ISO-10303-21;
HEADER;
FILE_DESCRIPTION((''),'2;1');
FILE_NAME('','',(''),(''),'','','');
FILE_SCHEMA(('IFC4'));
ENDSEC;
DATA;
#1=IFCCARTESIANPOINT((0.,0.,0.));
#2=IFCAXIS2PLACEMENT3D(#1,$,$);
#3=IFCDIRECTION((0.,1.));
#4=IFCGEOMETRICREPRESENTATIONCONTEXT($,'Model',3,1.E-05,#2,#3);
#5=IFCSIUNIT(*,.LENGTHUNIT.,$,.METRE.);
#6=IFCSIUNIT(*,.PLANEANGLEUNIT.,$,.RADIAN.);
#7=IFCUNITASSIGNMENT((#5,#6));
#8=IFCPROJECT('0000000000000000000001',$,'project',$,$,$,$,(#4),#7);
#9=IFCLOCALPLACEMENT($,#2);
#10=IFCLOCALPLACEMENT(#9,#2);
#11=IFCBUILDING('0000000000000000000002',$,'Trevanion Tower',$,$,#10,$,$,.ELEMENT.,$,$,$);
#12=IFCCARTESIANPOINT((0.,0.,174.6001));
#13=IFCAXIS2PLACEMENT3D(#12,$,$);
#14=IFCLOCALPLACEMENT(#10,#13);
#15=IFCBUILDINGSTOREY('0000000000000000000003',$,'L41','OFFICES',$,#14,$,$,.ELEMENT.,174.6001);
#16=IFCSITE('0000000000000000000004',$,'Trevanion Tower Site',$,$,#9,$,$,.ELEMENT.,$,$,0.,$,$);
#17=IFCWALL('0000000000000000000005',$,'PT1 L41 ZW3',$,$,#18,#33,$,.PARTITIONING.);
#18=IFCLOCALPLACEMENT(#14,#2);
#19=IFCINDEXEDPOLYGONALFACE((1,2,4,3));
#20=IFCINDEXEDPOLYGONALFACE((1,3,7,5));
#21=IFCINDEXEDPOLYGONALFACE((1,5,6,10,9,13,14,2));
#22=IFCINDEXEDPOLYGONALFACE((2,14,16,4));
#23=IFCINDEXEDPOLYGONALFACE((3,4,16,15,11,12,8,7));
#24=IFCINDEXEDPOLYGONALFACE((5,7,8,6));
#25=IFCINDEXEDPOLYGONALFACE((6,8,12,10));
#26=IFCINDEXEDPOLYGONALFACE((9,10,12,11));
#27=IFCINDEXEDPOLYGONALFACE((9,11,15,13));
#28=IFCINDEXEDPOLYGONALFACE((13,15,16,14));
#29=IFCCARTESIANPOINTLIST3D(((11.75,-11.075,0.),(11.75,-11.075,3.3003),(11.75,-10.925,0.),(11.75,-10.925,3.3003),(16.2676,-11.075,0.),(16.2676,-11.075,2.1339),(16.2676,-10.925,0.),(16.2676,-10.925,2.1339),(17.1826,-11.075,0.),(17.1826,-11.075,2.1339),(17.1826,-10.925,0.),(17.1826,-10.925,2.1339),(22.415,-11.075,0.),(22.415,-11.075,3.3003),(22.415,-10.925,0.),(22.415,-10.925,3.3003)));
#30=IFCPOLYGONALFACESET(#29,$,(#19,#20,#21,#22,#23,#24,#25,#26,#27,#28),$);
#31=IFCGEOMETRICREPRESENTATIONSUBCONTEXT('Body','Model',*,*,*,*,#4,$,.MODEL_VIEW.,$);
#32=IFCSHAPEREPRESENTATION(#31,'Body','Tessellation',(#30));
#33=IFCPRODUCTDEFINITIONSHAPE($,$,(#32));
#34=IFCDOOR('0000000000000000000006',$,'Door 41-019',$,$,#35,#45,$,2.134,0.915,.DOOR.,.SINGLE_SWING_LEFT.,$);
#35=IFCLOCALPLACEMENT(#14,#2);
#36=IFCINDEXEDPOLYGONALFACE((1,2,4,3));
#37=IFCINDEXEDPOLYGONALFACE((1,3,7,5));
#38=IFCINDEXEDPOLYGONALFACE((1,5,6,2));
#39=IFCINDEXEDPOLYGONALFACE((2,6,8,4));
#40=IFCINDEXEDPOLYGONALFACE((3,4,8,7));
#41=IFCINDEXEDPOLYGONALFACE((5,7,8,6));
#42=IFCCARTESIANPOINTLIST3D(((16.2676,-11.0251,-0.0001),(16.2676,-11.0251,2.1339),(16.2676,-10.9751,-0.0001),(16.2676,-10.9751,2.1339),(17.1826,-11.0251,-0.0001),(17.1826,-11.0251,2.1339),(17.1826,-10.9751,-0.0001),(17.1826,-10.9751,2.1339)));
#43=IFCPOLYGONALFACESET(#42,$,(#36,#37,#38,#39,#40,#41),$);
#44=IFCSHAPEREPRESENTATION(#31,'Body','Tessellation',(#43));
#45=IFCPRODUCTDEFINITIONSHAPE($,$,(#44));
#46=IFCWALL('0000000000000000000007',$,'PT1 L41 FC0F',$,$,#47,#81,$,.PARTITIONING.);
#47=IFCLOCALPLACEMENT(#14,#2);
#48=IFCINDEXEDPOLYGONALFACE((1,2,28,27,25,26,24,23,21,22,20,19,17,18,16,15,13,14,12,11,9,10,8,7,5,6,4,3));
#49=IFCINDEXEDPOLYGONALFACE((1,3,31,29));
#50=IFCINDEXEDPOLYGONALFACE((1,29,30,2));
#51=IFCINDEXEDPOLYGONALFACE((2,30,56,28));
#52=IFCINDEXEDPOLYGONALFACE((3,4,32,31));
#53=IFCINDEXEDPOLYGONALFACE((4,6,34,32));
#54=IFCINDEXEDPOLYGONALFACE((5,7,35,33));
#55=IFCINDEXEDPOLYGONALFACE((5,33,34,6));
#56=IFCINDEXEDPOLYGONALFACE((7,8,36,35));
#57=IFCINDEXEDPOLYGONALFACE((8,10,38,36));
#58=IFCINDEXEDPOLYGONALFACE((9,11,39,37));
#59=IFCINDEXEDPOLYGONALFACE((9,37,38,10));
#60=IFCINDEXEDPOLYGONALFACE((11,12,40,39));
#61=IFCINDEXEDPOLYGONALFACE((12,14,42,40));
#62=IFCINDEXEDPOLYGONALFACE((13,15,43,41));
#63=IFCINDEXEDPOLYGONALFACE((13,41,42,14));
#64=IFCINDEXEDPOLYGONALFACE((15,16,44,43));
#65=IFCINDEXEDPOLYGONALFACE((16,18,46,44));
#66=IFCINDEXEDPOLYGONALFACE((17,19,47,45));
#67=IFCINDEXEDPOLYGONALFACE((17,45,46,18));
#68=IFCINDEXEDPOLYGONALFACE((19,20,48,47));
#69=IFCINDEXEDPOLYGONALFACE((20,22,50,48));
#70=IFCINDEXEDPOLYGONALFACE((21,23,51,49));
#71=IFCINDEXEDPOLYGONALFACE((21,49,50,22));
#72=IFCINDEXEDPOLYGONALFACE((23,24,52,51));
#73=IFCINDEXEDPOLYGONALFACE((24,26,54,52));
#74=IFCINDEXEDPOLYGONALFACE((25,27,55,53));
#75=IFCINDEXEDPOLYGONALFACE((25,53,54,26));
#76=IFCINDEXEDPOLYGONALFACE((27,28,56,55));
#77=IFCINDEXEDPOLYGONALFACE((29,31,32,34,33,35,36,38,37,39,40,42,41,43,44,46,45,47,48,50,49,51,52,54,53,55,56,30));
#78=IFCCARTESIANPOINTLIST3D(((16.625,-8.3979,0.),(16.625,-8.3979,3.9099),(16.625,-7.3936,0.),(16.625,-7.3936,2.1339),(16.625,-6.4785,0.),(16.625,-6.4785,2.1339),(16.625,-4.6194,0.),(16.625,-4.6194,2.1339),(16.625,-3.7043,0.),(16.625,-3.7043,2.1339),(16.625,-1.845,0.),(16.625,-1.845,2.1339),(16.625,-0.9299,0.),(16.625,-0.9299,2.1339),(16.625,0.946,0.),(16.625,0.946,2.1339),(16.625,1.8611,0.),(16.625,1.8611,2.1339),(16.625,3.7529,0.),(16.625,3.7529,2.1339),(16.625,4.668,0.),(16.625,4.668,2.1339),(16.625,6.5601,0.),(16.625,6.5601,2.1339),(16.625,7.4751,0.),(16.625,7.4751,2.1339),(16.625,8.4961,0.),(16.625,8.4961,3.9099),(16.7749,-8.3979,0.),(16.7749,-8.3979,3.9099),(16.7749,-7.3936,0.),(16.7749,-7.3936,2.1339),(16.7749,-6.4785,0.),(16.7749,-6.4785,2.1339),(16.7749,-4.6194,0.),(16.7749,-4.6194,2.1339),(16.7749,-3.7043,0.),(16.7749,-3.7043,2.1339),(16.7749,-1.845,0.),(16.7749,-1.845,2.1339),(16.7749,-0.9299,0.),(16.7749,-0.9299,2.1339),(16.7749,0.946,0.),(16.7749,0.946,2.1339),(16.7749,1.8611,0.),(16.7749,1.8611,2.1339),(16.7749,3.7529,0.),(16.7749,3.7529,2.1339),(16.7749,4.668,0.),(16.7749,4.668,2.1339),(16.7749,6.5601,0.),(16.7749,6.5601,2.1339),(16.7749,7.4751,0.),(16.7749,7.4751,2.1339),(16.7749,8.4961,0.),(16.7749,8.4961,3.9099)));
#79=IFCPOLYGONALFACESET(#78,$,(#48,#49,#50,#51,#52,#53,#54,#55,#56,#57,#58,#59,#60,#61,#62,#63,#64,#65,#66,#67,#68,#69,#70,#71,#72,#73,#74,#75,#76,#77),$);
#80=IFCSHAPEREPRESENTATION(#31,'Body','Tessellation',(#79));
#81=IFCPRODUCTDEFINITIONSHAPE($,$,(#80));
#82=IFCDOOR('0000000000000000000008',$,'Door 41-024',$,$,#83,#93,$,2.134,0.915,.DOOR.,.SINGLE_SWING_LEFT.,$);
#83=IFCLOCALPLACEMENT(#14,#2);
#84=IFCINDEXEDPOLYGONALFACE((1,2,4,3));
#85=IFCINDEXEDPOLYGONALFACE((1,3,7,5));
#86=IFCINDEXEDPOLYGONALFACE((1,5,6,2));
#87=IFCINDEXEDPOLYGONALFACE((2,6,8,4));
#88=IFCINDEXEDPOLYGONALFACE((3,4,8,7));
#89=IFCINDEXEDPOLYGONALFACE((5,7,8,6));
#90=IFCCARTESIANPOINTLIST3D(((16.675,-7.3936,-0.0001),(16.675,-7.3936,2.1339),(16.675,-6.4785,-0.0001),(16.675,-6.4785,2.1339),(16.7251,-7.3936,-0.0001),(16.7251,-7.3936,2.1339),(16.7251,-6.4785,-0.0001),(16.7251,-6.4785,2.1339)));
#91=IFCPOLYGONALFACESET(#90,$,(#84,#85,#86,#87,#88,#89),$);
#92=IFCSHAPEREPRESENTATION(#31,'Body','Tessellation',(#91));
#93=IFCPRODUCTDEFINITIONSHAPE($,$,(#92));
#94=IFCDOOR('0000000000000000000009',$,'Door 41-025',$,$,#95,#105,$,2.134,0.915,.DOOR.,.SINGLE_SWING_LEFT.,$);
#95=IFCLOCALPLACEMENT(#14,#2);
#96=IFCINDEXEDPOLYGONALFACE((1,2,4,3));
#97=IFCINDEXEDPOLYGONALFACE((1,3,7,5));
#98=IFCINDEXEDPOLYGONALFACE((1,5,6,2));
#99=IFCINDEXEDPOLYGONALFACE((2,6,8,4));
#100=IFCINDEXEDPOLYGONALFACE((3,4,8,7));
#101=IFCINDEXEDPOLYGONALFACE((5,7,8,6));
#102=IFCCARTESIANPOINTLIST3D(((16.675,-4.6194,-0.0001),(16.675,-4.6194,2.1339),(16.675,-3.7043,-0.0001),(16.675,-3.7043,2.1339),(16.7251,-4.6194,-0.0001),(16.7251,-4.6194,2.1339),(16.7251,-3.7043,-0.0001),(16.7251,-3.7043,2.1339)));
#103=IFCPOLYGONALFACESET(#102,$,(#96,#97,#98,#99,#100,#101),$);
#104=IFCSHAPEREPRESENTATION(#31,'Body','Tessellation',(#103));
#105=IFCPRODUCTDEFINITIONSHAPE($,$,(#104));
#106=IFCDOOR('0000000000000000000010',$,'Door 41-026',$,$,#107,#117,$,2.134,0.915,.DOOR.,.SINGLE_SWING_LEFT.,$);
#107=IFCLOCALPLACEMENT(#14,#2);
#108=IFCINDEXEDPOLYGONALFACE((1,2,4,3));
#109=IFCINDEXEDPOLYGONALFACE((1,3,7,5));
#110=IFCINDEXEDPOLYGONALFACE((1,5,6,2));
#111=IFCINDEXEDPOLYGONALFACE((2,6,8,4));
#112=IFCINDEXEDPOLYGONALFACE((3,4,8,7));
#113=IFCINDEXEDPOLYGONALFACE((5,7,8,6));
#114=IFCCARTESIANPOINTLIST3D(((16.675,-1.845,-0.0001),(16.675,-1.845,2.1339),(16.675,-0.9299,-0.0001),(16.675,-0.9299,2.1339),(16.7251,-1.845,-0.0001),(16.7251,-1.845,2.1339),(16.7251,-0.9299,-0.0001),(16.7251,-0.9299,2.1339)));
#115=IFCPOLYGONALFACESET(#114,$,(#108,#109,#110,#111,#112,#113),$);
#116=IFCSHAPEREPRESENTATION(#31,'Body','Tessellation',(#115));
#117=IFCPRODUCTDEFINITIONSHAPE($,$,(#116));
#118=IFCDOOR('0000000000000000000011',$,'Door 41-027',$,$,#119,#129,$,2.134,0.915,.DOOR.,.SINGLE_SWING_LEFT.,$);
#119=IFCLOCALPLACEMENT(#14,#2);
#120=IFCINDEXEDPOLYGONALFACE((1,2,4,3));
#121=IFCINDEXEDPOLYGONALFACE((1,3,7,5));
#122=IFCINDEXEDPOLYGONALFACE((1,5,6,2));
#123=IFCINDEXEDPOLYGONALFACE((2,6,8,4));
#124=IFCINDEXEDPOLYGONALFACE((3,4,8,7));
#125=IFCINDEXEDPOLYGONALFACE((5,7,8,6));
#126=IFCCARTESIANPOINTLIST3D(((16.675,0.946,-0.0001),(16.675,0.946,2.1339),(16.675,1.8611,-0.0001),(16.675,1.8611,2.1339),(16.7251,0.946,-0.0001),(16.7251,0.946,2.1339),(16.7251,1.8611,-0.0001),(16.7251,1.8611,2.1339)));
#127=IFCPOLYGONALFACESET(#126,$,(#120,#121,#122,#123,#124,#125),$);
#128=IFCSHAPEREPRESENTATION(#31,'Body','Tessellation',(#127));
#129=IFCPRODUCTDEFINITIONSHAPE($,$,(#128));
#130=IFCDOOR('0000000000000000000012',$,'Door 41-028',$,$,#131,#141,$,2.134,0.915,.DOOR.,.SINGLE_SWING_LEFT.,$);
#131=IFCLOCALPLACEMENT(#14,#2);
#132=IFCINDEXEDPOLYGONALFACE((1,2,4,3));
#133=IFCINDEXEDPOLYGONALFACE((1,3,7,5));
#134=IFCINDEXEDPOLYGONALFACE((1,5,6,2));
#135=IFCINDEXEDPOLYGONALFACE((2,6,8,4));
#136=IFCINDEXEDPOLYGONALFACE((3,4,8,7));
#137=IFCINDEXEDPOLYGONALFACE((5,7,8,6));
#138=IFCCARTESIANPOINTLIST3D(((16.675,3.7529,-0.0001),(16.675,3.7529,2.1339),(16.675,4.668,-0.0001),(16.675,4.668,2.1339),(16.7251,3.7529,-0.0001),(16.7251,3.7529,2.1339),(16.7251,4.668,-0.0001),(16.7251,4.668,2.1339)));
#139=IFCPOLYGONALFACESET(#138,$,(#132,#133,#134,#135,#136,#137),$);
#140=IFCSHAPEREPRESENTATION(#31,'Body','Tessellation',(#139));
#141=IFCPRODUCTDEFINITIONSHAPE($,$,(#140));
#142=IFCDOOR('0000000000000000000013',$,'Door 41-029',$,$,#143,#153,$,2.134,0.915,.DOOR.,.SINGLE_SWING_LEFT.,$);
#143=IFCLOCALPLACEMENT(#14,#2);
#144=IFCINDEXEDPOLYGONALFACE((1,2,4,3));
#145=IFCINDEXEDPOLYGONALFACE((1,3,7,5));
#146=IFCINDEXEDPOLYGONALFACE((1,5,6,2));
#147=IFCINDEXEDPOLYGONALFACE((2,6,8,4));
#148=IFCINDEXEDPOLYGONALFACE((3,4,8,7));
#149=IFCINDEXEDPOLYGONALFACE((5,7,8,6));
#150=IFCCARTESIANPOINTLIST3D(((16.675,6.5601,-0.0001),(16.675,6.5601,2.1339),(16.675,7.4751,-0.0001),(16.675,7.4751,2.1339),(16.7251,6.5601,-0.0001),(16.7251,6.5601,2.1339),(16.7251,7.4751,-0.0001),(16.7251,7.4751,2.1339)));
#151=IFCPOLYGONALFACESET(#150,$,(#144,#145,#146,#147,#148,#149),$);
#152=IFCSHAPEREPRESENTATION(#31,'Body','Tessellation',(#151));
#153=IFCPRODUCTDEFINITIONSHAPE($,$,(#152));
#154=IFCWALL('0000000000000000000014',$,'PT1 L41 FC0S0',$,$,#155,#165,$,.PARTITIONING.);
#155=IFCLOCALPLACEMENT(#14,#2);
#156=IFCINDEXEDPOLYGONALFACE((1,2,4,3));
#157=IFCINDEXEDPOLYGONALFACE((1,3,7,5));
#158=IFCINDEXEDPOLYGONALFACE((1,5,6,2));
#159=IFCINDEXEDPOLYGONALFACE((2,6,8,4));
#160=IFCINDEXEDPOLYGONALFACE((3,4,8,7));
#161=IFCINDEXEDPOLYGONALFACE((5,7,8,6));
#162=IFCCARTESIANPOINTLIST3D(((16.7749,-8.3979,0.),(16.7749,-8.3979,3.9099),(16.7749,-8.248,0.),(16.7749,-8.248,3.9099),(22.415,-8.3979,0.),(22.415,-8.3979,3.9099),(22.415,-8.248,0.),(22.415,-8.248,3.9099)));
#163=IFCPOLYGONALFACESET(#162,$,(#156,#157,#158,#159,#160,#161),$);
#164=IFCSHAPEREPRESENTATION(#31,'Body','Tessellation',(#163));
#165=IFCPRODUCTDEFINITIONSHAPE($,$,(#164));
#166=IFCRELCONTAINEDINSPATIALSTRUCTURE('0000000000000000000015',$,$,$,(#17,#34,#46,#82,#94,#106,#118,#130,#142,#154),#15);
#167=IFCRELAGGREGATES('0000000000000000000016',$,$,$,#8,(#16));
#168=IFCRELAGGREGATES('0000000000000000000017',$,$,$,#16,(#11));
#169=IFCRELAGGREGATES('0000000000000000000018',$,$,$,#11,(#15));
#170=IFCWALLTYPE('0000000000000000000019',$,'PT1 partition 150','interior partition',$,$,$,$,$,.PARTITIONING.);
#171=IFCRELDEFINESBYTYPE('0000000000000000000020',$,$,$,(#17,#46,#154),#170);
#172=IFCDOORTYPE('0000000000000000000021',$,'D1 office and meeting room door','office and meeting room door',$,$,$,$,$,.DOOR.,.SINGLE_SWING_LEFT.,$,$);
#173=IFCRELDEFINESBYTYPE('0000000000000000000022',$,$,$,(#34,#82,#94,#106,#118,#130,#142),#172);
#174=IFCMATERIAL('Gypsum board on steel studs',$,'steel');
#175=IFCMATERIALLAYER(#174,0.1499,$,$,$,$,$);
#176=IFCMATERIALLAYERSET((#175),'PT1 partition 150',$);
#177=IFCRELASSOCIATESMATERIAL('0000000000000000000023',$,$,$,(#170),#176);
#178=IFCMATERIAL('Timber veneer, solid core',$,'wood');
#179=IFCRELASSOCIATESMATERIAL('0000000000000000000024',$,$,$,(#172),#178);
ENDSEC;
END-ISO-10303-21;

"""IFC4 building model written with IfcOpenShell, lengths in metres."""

from ifc_helpers import new_model, si_unit, direction, frame, frame_2d, origin, place, context, subcontext, project, spatial, rectangle, extrude, material, layer, layer_set, type_object, element, fill, save


model = new_model("IFC4")

# Units and contexts
model_context = context("Model", 3, precision=1e-05, world=origin(), true_north=direction((0.0, 1.0)))
body_context = subcontext(model_context, "Body", "Model", "MODEL_VIEW")
ifc_project = project(units=[si_unit("LENGTHUNIT", "METRE"), si_unit("PLANEANGLEUNIT", "RADIAN")], contexts=[model_context])

# Site, building, storey
site_placement = place(None, origin())
site = spatial("IfcSite", under=ifc_project, at=site_placement, Name="Trevanion Tower Site", CompositionType="ELEMENT", RefElevation=0.0)
building_placement = place(site_placement, origin())
building = spatial("IfcBuilding", under=site, at=building_placement, Name="Trevanion Tower", CompositionType="ELEMENT")
storey_placement = place(building_placement, frame((0.0, 0.0, 174.6001)))
storey = spatial("IfcBuildingStorey", under=building, at=storey_placement, Name="L41", Description="OFFICES", CompositionType="ELEMENT", Elevation=174.6001)

# Wall, opening, door
ifc_material_1 = material(Name="Gypsum board on steel studs", Category="steel")
ifc_layer_1 = layer(ifc_material_1, 0.1499)
ifc_layer_set_1 = layer_set([ifc_layer_1], Name="PT1 partition 150")
wall_type = type_object("IfcWallType", Name="PT1 partition 150", Description="interior partition", PredefinedType="PARTITIONING", material=ifc_layer_set_1)
wall_1_placement = place(storey_placement, frame((11.75, -11.0, 0.0), z_axis=(0.0, 0.0, 1.0), x_axis=(1.0, 0.0, 0.0)))
wall_1 = element("IfcWall", 1, at=wall_1_placement, inside=storey, type_object=wall_type, Name="PT1 L41 ZW3", PredefinedType="PARTITIONING", context=body_context, shape_type="SweptSolid", body=[
    extrude(rectangle(XDim=10.665, YDim=0.1499, at=frame_2d((5.3325, 0.0))), origin(), (0.0, 0.0, 1.0), 3.3003),
])
opening_1_placement = place(wall_1_placement, frame((4.5176, 0.0, 0.0)))
opening_1 = element("IfcOpeningElement", 2, at=opening_1_placement, cuts=wall_1, PredefinedType="OPENING", context=body_context, shape_type="SweptSolid", body=[
    extrude(rectangle(XDim=0.915, YDim=2.134, at=frame_2d((0.4575, 1.0669))), frame((0.0, 0.085, 0.0), z_axis=(0.0, -1.0, 0.0), x_axis=(1.0, 0.0, 0.0)), (0.0, 0.0, 1.0), 0.1699),
])
ifc_material_2 = material(Name="Timber veneer, solid core", Category="wood")
door_type = type_object("IfcDoorType", Name="D1 office and meeting room door", Description="office and meeting room door", OperationType="SINGLE_SWING_LEFT", PredefinedType="DOOR", material=ifc_material_2)
door_1_placement = place(opening_1_placement, origin())
door_1 = element("IfcDoor", 3, at=door_1_placement, inside=storey, type_object=door_type, Name="Door 41-019", OperationType="SINGLE_SWING_LEFT", OverallHeight=2.134, OverallWidth=0.915, PredefinedType="DOOR", context=body_context, shape_type="SweptSolid", body=[
    extrude(rectangle(XDim=0.915, YDim=2.134, at=frame_2d((0.4575, 1.0669))), frame((0.0, 0.0249, 0.0), z_axis=(0.0, -1.0, 0.0), x_axis=(1.0, 0.0, 0.0)), (0.0, 0.0, 1.0), 0.05),
])
fill(opening_1, door_1)

# Wall, openings, doors
wall_2_placement = place(storey_placement, frame((16.7, -8.3979, 0.0), z_axis=(0.0, 0.0, 1.0), x_axis=(0.0, 1.0, 0.0)))
wall_2 = element("IfcWall", 4, at=wall_2_placement, inside=storey, type_object=wall_type, Name="PT1 L41 FC0F", PredefinedType="PARTITIONING", context=body_context, shape_type="SweptSolid", body=[
    extrude(rectangle(XDim=16.894, YDim=0.1499, at=frame_2d((8.447, 0.0))), origin(), (0.0, 0.0, 1.0), 3.9099),
])
opening_2_placement = place(wall_2_placement, frame((1.0044, 0.0, 0.0)))
opening_2 = element("IfcOpeningElement", 5, at=opening_2_placement, cuts=wall_2, PredefinedType="OPENING", context=body_context, shape_type="SweptSolid", body=[
    extrude(rectangle(XDim=0.915, YDim=2.134, at=frame_2d((0.4575, 1.0669))), frame((0.0, 0.085, 0.0), z_axis=(0.0, -1.0, 0.0), x_axis=(1.0, 0.0, 0.0)), (0.0, 0.0, 1.0), 0.1699),
])
opening_3_placement = place(wall_2_placement, frame((3.7786, 0.0, 0.0)))
opening_3 = element("IfcOpeningElement", 6, at=opening_3_placement, cuts=wall_2, PredefinedType="OPENING", context=body_context, shape_type="SweptSolid", body=[
    extrude(rectangle(XDim=0.915, YDim=2.134, at=frame_2d((0.4575, 1.0669))), frame((0.0, 0.085, 0.0), z_axis=(0.0, -1.0, 0.0), x_axis=(1.0, 0.0, 0.0)), (0.0, 0.0, 1.0), 0.1699),
])
opening_4_placement = place(wall_2_placement, frame((6.553, 0.0, 0.0)))
opening_4 = element("IfcOpeningElement", 7, at=opening_4_placement, cuts=wall_2, PredefinedType="OPENING", context=body_context, shape_type="SweptSolid", body=[
    extrude(rectangle(XDim=0.915, YDim=2.134, at=frame_2d((0.4575, 1.0669))), frame((0.0, 0.085, 0.0), z_axis=(0.0, -1.0, 0.0), x_axis=(1.0, 0.0, 0.0)), (0.0, 0.0, 1.0), 0.1699),
])
opening_5_placement = place(wall_2_placement, frame((9.344, 0.0, 0.0)))
opening_5 = element("IfcOpeningElement", 8, at=opening_5_placement, cuts=wall_2, PredefinedType="OPENING", context=body_context, shape_type="SweptSolid", body=[
    extrude(rectangle(XDim=0.915, YDim=2.134, at=frame_2d((0.4575, 1.0669))), frame((0.0, 0.085, 0.0), z_axis=(0.0, -1.0, 0.0), x_axis=(1.0, 0.0, 0.0)), (0.0, 0.0, 1.0), 0.1699),
])
opening_6_placement = place(wall_2_placement, frame((12.1509, 0.0, 0.0)))
opening_6 = element("IfcOpeningElement", 9, at=opening_6_placement, cuts=wall_2, PredefinedType="OPENING", context=body_context, shape_type="SweptSolid", body=[
    extrude(rectangle(XDim=0.915, YDim=2.134, at=frame_2d((0.4575, 1.0669))), frame((0.0, 0.085, 0.0), z_axis=(0.0, -1.0, 0.0), x_axis=(1.0, 0.0, 0.0)), (0.0, 0.0, 1.0), 0.1699),
])
opening_7_placement = place(wall_2_placement, frame((14.958, 0.0, 0.0)))
opening_7 = element("IfcOpeningElement", 10, at=opening_7_placement, cuts=wall_2, PredefinedType="OPENING", context=body_context, shape_type="SweptSolid", body=[
    extrude(rectangle(XDim=0.915, YDim=2.134, at=frame_2d((0.4575, 1.0669))), frame((0.0, 0.085, 0.0), z_axis=(0.0, -1.0, 0.0), x_axis=(1.0, 0.0, 0.0)), (0.0, 0.0, 1.0), 0.1699),
])
door_2_placement = place(opening_2_placement, origin())
door_2 = element("IfcDoor", 11, at=door_2_placement, inside=storey, type_object=door_type, Name="Door 41-024", OperationType="SINGLE_SWING_LEFT", OverallHeight=2.134, OverallWidth=0.915, PredefinedType="DOOR", context=body_context, shape_type="SweptSolid", body=[
    extrude(rectangle(XDim=0.915, YDim=2.134, at=frame_2d((0.4575, 1.0669))), frame((0.0, 0.0249, 0.0), z_axis=(0.0, -1.0, 0.0), x_axis=(1.0, 0.0, 0.0)), (0.0, 0.0, 1.0), 0.05),
])
fill(opening_2, door_2)
door_3_placement = place(opening_3_placement, origin())
door_3 = element("IfcDoor", 12, at=door_3_placement, inside=storey, type_object=door_type, Name="Door 41-025", OperationType="SINGLE_SWING_LEFT", OverallHeight=2.134, OverallWidth=0.915, PredefinedType="DOOR", context=body_context, shape_type="SweptSolid", body=[
    extrude(rectangle(XDim=0.915, YDim=2.134, at=frame_2d((0.4575, 1.0669))), frame((0.0, 0.0249, 0.0), z_axis=(0.0, -1.0, 0.0), x_axis=(1.0, 0.0, 0.0)), (0.0, 0.0, 1.0), 0.05),
])
fill(opening_3, door_3)
door_4_placement = place(opening_4_placement, origin())
door_4 = element("IfcDoor", 13, at=door_4_placement, inside=storey, type_object=door_type, Name="Door 41-026", OperationType="SINGLE_SWING_LEFT", OverallHeight=2.134, OverallWidth=0.915, PredefinedType="DOOR", context=body_context, shape_type="SweptSolid", body=[
    extrude(rectangle(XDim=0.915, YDim=2.134, at=frame_2d((0.4575, 1.0669))), frame((0.0, 0.0249, 0.0), z_axis=(0.0, -1.0, 0.0), x_axis=(1.0, 0.0, 0.0)), (0.0, 0.0, 1.0), 0.05),
])
fill(opening_4, door_4)
door_5_placement = place(opening_5_placement, origin())
door_5 = element("IfcDoor", 14, at=door_5_placement, inside=storey, type_object=door_type, Name="Door 41-027", OperationType="SINGLE_SWING_LEFT", OverallHeight=2.134, OverallWidth=0.915, PredefinedType="DOOR", context=body_context, shape_type="SweptSolid", body=[
    extrude(rectangle(XDim=0.915, YDim=2.134, at=frame_2d((0.4575, 1.0669))), frame((0.0, 0.0249, 0.0), z_axis=(0.0, -1.0, 0.0), x_axis=(1.0, 0.0, 0.0)), (0.0, 0.0, 1.0), 0.05),
])
fill(opening_5, door_5)
door_6_placement = place(opening_6_placement, origin())
door_6 = element("IfcDoor", 15, at=door_6_placement, inside=storey, type_object=door_type, Name="Door 41-028", OperationType="SINGLE_SWING_LEFT", OverallHeight=2.134, OverallWidth=0.915, PredefinedType="DOOR", context=body_context, shape_type="SweptSolid", body=[
    extrude(rectangle(XDim=0.915, YDim=2.134, at=frame_2d((0.4575, 1.0669))), frame((0.0, 0.0249, 0.0), z_axis=(0.0, -1.0, 0.0), x_axis=(1.0, 0.0, 0.0)), (0.0, 0.0, 1.0), 0.05),
])
fill(opening_6, door_6)
door_7_placement = place(opening_7_placement, origin())
door_7 = element("IfcDoor", 16, at=door_7_placement, inside=storey, type_object=door_type, Name="Door 41-029", OperationType="SINGLE_SWING_LEFT", OverallHeight=2.134, OverallWidth=0.915, PredefinedType="DOOR", context=body_context, shape_type="SweptSolid", body=[
    extrude(rectangle(XDim=0.915, YDim=2.134, at=frame_2d((0.4575, 1.0669))), frame((0.0, 0.0249, 0.0), z_axis=(0.0, -1.0, 0.0), x_axis=(1.0, 0.0, 0.0)), (0.0, 0.0, 1.0), 0.05),
])
fill(opening_7, door_7)

# Wall
for number, where, z_axis, x_axis, name in (
    (17, (16.7749, -8.323, 0.0), (0.0, 0.0, 1.0), (1.0, 0.0, 0.0), "PT1 L41 FC0S0"),
):
    element("IfcWall", number, at=place(storey_placement, frame(where, z_axis=z_axis, x_axis=x_axis)), inside=storey, type_object=wall_type, Name=name, PredefinedType="PARTITIONING", context=body_context, shape_type="SweptSolid", body=[
        extrude(rectangle(XDim=5.6401, YDim=0.1499, at=frame_2d((2.8201, 0.0))), origin(), (0.0, 0.0, 1.0), 3.9099),
    ])

save(model, "model.ifc")
